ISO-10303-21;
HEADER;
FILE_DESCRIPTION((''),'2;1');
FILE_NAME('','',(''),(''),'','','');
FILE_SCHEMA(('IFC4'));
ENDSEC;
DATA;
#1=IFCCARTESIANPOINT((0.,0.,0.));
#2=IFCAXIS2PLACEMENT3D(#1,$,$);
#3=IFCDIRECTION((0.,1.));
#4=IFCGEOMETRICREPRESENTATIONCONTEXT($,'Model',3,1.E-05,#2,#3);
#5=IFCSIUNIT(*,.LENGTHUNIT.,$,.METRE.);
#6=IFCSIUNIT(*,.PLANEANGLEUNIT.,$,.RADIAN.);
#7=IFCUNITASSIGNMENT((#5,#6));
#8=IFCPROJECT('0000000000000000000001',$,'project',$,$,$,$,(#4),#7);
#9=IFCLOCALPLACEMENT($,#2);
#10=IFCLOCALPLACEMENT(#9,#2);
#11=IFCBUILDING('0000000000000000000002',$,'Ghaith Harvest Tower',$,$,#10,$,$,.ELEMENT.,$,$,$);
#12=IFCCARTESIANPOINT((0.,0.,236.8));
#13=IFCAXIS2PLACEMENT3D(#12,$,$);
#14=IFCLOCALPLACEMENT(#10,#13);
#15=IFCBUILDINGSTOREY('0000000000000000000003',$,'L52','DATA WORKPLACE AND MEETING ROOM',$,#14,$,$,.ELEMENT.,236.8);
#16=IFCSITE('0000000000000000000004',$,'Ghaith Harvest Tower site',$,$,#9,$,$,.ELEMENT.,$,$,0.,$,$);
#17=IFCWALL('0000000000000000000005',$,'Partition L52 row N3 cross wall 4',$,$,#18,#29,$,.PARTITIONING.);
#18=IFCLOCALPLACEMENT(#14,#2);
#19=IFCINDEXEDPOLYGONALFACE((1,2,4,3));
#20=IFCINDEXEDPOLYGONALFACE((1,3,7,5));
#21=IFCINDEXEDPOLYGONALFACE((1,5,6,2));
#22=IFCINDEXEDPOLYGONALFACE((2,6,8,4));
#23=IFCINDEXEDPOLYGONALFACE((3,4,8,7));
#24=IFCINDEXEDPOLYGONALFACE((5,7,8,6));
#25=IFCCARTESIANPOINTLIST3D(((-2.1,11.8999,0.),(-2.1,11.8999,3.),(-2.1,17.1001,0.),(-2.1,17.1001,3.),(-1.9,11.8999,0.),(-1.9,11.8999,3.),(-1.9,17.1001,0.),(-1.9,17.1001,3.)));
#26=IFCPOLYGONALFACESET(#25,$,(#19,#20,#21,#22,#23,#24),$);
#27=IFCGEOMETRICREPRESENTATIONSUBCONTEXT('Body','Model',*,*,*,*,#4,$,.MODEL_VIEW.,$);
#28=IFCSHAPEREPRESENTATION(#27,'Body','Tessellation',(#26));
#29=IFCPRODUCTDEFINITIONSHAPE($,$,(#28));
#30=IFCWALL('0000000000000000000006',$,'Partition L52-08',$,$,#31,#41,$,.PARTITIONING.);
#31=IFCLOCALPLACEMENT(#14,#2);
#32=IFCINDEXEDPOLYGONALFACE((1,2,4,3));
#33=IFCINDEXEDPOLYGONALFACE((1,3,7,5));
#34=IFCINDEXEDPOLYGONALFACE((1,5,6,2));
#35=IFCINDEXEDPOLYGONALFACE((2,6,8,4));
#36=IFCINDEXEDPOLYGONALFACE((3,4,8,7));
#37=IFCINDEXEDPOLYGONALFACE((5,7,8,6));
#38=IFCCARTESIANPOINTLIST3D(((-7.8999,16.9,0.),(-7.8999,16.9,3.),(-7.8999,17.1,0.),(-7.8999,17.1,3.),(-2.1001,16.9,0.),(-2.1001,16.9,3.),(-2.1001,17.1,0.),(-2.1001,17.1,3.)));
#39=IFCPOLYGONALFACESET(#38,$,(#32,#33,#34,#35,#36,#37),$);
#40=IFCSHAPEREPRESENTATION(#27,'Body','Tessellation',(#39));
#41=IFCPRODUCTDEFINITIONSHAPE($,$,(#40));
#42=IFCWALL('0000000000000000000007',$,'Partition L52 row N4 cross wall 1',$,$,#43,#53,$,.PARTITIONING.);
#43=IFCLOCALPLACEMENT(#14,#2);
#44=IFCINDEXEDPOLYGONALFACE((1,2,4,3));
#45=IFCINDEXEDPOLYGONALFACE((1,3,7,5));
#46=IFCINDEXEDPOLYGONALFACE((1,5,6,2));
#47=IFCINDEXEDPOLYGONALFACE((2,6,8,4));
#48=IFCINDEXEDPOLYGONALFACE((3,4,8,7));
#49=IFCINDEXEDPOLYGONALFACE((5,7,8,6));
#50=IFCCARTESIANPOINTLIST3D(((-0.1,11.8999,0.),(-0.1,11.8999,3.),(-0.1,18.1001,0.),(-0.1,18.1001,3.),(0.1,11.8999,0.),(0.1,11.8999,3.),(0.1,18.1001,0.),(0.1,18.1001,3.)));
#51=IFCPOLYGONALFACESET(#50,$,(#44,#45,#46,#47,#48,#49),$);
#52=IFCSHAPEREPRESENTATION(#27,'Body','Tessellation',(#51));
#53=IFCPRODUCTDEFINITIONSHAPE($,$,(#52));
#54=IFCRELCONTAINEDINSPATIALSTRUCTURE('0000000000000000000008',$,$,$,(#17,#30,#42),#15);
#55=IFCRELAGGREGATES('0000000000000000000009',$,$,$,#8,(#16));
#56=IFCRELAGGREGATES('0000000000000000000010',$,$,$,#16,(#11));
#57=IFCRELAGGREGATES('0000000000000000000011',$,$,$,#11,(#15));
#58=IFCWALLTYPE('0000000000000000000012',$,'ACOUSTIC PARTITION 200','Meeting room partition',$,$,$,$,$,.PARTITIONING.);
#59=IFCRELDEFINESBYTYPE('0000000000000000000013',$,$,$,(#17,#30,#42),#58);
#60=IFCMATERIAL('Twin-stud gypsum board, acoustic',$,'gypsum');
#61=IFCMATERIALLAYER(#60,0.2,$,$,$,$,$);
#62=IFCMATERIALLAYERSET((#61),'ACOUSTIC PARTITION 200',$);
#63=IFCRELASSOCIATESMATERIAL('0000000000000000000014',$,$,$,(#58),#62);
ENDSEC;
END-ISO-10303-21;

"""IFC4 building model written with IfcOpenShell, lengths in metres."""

from ifc_helpers import new_model, si_unit, direction, frame, frame_2d, origin, place, context, subcontext, project, spatial, rectangle, extrude, material, layer, layer_set, type_object, element, save


model = new_model("IFC4")

# Units and contexts
model_context = context("Model", 3, precision=1e-05, world=origin(), true_north=direction((0.0, 1.0)))
body_context = subcontext(model_context, "Body", "Model", "MODEL_VIEW")
ifc_project = project(units=[si_unit("LENGTHUNIT", "METRE"), si_unit("PLANEANGLEUNIT", "RADIAN")], contexts=[model_context])

# Site, building, storey
site_placement = place(None, origin())
site = spatial("IfcSite", under=ifc_project, at=site_placement, Name="Ghaith Harvest Tower site", CompositionType="ELEMENT", RefElevation=0.0)
building_placement = place(site_placement, origin())
building = spatial("IfcBuilding", under=site, at=building_placement, Name="Ghaith Harvest Tower", CompositionType="ELEMENT")
storey_placement = place(building_placement, frame((0.0, 0.0, 236.8)))
storey = spatial("IfcBuildingStorey", under=building, at=storey_placement, Name="L52", Description="DATA WORKPLACE AND MEETING ROOM", CompositionType="ELEMENT", Elevation=236.8)

# Wall
ifc_material_1 = material(Name="Twin-stud gypsum board, acoustic", Category="gypsum")
ifc_layer_1 = layer(ifc_material_1, 0.2)
ifc_layer_set_1 = layer_set([ifc_layer_1], Name="ACOUSTIC PARTITION 200")
wall_type = type_object("IfcWallType", Name="ACOUSTIC PARTITION 200", Description="Meeting room partition", PredefinedType="PARTITIONING", material=ifc_layer_set_1)
for number, where, z_axis, x_axis, name in (
    (1, (-2.0, 11.8999, 0.0), (0.0, 0.0, 1.0), (0.0, 1.0, 0.0), "Partition L52 row N3 cross wall 4"),
):
    element("IfcWall", number, at=place(storey_placement, frame(where, z_axis=z_axis, x_axis=x_axis)), inside=storey, type_object=wall_type, Name=name, PredefinedType="PARTITIONING", context=body_context, shape_type="SweptSolid", body=[
        extrude(rectangle(XDim=5.2002, YDim=0.2, at=frame_2d((2.6001, 0.0))), origin(), (0.0, 0.0, 1.0), 3.0),
    ])

# Walls
wall_1_placement = place(storey_placement, frame((-7.8999, 17.0, 0.0), z_axis=(0.0, 0.0, 1.0), x_axis=(1.0, 0.0, 0.0)))
element("IfcWall", 2, at=wall_1_placement, inside=storey, type_object=wall_type, Name="Partition L52-08", PredefinedType="PARTITIONING", context=body_context, shape_type="SweptSolid", body=[
    extrude(rectangle(XDim=5.7998, YDim=0.2, at=frame_2d((2.8999, 0.0))), origin(), (0.0, 0.0, 1.0), 3.0),
])
wall_2_placement = place(storey_placement, frame((0.0, 11.8999, 0.0), z_axis=(0.0, 0.0, 1.0), x_axis=(0.0, 1.0, 0.0)))
element("IfcWall", 3, at=wall_2_placement, inside=storey, type_object=wall_type, Name="Partition L52 row N4 cross wall 1", PredefinedType="PARTITIONING", context=body_context, shape_type="SweptSolid", body=[
    extrude(rectangle(XDim=6.2002, YDim=0.2, at=frame_2d((3.1001, 0.0))), origin(), (0.0, 0.0, 1.0), 3.0),
])

save(model, "model.ifc")
